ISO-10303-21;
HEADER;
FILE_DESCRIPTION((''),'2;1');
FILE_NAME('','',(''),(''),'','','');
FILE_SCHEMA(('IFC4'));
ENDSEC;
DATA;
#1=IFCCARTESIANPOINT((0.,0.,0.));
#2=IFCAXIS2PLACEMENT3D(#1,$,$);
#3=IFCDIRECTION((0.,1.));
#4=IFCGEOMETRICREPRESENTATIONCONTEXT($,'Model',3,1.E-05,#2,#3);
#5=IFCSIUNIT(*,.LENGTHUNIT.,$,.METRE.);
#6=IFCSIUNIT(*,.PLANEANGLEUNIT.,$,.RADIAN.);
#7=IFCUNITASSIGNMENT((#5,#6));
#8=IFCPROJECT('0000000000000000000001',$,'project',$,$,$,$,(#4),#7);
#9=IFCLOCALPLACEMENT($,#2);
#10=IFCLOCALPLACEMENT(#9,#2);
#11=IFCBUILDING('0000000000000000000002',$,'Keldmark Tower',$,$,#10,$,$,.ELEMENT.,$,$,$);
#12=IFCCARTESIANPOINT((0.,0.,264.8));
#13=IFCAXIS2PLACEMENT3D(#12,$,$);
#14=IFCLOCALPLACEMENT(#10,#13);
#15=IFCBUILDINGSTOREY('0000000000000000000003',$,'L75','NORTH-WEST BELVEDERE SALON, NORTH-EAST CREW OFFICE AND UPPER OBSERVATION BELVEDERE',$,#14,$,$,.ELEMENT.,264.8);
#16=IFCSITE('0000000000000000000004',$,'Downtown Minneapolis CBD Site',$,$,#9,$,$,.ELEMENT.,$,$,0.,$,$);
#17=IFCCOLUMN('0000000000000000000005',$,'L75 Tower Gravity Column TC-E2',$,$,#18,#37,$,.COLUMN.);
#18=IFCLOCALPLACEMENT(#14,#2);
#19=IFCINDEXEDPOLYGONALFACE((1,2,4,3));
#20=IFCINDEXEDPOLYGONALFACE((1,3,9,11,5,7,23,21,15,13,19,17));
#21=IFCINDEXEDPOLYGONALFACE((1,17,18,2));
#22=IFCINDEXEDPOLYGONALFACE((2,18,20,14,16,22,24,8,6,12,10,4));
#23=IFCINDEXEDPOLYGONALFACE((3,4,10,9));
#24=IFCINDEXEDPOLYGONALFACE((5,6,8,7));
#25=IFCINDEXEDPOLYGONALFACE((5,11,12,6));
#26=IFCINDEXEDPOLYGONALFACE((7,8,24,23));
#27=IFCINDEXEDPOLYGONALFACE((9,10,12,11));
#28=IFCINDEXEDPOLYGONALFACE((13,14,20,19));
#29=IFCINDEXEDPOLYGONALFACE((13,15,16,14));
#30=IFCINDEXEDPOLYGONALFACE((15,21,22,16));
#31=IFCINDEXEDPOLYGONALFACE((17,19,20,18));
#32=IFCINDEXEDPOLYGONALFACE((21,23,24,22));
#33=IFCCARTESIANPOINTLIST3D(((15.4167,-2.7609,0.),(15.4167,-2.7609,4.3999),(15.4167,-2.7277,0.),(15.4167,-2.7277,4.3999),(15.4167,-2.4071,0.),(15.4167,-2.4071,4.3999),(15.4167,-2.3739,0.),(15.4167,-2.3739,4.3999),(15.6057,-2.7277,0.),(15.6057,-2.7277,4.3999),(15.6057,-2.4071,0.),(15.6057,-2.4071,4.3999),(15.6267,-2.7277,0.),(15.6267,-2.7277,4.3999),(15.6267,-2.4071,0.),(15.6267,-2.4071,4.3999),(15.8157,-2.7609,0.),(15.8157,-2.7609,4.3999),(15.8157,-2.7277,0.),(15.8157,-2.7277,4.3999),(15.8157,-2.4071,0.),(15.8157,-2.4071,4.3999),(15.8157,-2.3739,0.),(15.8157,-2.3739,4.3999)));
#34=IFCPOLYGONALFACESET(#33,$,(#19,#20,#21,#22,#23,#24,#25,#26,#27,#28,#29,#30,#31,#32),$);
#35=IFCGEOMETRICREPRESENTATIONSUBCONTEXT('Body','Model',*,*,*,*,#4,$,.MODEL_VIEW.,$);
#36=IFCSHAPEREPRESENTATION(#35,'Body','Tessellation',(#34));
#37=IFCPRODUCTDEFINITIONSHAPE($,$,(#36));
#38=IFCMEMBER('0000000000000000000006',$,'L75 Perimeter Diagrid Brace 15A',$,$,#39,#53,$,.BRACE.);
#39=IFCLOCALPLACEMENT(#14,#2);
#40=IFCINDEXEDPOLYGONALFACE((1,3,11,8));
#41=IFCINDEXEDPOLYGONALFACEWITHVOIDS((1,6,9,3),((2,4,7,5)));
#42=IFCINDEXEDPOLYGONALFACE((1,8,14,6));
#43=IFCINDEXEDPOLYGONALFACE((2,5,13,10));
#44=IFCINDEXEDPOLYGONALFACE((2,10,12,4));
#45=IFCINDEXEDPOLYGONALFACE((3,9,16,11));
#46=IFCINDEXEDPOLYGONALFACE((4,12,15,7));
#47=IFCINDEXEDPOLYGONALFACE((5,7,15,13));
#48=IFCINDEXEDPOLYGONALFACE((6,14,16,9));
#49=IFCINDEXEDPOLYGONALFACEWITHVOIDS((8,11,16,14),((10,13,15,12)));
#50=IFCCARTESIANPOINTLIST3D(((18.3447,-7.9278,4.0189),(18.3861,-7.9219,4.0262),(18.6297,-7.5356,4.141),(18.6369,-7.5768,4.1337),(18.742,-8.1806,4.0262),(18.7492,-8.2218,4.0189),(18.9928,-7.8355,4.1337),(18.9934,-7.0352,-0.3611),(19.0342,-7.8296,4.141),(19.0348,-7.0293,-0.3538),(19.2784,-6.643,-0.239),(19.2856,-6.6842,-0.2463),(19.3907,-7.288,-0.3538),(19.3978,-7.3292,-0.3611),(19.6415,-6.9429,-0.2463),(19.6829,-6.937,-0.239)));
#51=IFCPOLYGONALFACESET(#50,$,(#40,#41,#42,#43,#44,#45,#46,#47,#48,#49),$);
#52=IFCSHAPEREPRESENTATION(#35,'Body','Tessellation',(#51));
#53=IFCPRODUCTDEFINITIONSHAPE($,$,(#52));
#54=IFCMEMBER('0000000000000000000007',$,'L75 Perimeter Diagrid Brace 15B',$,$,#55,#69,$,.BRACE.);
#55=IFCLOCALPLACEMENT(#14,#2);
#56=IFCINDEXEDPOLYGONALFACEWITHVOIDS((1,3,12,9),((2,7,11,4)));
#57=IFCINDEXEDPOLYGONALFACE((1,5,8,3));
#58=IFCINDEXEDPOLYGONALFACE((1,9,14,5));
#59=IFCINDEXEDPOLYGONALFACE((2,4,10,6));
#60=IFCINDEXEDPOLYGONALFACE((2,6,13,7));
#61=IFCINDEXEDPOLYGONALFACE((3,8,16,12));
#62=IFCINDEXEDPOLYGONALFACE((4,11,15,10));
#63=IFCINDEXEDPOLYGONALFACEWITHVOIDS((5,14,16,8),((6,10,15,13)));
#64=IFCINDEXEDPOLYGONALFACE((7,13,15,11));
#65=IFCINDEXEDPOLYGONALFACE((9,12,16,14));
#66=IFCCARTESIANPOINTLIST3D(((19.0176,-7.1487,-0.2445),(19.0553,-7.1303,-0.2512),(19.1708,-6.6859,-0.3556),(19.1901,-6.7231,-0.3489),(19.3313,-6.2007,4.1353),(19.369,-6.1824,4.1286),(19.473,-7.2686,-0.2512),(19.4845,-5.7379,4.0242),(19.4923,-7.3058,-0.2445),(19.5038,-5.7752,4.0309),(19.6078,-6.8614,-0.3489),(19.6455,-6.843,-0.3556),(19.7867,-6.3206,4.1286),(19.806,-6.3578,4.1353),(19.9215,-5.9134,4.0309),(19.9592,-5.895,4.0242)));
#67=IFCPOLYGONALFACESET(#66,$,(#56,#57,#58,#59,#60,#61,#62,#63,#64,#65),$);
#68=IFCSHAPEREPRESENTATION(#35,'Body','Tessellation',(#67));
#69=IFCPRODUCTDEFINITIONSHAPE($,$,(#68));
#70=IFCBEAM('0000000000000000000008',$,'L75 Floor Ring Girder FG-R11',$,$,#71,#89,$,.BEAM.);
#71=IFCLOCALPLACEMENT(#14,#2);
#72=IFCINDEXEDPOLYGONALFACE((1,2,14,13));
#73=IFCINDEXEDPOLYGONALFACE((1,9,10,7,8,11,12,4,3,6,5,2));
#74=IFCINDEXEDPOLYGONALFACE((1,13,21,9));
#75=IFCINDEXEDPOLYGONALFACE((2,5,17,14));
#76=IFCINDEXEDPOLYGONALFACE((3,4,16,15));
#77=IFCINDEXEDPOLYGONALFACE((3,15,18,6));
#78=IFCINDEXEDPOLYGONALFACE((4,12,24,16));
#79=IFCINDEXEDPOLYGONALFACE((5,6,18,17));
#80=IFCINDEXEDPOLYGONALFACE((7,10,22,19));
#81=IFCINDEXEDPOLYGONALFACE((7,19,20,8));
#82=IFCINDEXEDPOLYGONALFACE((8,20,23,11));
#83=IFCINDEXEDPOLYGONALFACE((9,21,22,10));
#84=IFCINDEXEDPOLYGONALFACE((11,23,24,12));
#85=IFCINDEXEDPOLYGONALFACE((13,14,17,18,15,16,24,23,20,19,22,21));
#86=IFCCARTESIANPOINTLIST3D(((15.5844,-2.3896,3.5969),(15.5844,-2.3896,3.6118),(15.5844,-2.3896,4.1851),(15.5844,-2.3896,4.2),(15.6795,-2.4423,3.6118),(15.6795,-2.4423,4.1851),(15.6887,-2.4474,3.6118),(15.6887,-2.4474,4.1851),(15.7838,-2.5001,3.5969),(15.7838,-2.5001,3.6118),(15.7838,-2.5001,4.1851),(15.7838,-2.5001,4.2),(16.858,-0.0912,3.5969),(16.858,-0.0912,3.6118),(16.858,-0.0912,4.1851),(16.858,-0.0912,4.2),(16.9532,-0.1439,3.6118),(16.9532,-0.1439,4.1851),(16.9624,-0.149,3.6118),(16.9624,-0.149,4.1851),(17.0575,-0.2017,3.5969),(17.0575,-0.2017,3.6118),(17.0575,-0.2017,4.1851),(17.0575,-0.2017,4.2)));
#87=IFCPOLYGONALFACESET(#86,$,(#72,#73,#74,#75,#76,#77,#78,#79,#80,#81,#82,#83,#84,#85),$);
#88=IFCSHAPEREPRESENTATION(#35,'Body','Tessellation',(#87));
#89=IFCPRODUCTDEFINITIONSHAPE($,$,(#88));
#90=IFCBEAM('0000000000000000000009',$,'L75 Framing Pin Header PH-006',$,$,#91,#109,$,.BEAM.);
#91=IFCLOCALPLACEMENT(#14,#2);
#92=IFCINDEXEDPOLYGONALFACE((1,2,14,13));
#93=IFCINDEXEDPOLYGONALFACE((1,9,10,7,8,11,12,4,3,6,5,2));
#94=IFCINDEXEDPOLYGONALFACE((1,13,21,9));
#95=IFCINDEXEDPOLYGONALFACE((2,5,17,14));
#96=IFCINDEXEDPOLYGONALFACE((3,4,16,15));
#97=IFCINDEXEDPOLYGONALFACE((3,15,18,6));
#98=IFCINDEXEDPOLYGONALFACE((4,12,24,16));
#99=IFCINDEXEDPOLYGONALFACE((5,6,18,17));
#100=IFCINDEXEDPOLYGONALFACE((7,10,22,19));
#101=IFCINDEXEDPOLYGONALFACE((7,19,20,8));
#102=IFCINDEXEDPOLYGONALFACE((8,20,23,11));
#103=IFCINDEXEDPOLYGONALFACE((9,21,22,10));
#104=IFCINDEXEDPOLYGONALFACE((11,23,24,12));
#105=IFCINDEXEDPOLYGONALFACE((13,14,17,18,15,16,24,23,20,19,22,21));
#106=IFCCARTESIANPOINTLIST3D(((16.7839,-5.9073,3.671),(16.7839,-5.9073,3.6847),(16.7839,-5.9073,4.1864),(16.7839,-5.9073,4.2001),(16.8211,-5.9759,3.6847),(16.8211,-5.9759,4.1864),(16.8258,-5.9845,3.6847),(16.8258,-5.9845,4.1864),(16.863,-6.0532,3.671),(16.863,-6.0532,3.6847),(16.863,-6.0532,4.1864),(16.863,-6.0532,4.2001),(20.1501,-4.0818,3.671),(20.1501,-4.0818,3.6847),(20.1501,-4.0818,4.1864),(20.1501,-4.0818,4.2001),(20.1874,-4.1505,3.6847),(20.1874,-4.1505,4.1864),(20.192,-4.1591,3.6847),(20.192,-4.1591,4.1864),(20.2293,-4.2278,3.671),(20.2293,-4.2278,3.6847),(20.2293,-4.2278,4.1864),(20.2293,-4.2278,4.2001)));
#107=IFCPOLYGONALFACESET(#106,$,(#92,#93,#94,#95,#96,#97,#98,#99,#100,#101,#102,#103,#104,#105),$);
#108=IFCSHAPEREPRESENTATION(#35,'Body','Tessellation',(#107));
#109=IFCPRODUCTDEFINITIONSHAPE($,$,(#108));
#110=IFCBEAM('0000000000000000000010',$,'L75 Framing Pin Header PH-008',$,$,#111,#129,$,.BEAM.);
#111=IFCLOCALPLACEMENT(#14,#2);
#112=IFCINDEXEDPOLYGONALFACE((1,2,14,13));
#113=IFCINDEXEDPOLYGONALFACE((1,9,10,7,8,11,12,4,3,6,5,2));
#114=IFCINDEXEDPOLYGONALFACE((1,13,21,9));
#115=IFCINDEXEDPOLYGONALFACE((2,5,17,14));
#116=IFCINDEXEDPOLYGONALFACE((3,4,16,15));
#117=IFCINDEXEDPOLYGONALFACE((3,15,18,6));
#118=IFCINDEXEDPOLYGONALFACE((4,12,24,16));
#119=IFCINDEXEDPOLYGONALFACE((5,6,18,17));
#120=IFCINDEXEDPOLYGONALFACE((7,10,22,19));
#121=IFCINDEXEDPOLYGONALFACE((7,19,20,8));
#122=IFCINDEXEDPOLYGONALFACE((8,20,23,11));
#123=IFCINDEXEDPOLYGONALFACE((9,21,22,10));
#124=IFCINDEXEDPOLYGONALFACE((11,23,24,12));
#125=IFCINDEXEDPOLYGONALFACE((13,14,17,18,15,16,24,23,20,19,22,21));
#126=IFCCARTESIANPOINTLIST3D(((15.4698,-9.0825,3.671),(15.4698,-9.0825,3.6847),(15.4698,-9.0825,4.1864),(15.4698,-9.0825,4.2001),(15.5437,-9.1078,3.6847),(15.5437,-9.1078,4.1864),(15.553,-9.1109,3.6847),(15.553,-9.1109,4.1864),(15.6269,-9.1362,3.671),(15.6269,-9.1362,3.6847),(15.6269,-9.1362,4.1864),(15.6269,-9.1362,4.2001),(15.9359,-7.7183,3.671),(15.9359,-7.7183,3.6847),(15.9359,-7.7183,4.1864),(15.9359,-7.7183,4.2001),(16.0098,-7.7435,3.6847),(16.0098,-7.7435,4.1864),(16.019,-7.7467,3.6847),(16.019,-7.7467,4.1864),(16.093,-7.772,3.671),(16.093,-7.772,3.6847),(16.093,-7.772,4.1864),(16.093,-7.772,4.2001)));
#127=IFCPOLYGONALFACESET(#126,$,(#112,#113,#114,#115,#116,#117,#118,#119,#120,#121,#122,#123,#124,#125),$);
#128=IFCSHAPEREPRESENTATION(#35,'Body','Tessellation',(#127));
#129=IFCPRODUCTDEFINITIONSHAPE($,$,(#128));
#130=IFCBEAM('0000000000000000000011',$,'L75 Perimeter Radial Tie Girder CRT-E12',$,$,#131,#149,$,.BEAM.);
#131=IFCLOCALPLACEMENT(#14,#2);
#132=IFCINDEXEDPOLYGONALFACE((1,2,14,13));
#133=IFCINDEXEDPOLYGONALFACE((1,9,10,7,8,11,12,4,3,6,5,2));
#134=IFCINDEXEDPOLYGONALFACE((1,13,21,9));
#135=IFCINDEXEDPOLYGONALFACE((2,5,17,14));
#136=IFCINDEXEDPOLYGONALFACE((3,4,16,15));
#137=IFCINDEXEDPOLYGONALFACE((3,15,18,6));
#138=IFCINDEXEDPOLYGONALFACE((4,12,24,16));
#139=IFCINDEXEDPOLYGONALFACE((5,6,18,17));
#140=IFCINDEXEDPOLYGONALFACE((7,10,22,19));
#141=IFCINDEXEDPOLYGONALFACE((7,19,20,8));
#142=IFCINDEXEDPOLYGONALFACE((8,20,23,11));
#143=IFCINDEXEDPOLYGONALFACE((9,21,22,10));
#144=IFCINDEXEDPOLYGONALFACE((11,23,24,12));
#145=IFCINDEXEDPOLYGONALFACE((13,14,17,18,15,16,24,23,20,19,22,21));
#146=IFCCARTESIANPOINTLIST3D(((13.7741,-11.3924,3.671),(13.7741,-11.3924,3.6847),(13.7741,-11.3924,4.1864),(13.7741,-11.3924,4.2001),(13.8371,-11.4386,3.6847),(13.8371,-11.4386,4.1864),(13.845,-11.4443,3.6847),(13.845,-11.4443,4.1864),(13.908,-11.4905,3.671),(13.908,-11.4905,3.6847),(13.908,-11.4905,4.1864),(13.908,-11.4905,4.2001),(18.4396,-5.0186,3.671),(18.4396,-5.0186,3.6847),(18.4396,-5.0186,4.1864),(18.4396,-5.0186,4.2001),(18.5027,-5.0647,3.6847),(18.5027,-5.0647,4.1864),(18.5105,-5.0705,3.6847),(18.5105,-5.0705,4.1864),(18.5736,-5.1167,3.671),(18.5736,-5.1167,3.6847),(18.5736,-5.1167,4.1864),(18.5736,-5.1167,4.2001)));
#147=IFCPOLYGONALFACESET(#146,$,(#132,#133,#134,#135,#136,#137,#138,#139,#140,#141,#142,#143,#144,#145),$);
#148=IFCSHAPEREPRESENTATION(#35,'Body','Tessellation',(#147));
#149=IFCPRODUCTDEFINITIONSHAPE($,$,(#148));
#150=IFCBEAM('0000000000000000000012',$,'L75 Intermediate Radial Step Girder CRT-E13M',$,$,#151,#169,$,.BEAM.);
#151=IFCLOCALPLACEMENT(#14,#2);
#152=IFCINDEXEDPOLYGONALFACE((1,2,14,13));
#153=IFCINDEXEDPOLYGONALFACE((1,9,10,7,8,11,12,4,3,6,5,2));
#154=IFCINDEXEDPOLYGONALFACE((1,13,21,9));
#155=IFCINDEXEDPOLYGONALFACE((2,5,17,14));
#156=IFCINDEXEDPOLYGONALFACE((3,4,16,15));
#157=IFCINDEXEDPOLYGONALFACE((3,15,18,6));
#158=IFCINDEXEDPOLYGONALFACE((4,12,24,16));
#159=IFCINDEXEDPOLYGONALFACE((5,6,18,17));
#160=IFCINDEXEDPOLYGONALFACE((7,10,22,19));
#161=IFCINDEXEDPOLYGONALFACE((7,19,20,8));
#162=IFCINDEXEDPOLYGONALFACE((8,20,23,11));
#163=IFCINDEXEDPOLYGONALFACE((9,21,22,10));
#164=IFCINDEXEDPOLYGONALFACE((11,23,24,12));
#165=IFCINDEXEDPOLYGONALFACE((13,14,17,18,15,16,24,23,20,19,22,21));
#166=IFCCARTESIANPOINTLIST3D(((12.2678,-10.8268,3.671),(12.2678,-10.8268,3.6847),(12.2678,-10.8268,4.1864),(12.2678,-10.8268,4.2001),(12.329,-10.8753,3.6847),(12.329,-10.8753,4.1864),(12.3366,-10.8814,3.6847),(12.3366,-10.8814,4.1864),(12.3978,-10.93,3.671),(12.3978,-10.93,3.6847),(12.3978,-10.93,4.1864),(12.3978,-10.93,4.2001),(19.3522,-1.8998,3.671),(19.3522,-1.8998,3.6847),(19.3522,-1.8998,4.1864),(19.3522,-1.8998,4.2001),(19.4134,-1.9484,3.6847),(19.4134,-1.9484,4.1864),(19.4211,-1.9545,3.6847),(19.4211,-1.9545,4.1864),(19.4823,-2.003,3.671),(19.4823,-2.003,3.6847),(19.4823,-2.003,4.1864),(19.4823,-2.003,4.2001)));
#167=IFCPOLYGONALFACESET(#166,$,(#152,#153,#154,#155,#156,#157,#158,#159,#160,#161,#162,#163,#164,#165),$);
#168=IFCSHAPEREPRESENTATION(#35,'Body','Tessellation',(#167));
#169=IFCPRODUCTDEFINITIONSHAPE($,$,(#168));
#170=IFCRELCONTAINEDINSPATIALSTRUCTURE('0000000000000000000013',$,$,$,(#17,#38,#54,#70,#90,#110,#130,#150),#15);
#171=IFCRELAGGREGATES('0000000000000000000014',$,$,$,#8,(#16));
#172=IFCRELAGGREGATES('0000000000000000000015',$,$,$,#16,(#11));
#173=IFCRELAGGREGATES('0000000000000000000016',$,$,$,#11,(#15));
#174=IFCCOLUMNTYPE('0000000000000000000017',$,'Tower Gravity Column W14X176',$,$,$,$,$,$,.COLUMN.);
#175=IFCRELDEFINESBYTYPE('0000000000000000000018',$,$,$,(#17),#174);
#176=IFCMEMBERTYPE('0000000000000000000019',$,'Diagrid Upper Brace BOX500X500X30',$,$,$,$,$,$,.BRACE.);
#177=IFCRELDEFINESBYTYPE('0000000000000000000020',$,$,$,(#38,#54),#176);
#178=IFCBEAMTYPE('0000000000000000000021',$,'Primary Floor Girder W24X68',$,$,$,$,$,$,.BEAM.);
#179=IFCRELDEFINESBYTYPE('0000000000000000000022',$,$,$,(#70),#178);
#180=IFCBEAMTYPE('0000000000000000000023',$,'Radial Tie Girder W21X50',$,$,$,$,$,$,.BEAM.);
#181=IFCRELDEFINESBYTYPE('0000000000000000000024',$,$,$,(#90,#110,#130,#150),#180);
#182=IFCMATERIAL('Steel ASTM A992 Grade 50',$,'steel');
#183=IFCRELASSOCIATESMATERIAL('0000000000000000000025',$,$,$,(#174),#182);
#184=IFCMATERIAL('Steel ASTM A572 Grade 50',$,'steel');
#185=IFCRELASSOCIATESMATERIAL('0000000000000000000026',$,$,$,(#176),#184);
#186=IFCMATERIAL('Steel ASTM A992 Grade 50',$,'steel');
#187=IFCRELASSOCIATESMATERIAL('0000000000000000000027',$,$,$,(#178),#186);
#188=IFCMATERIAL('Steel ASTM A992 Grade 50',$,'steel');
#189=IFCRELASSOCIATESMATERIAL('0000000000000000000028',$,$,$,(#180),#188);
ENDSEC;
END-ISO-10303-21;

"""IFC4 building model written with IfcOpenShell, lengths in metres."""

from ifc_helpers import new_model, si_unit, direction, frame, origin, origin_2d, place, context, subcontext, project, spatial, hollow_rectangle, i_section, extrude, material, material_profile, profile_set, type_object, element, save


model = new_model("IFC4")

# Units and contexts
model_context = context("Model", 3, precision=1e-05, world=origin(), true_north=direction((0.0, 1.0)))
body_context = subcontext(model_context, "Body", "Model", "MODEL_VIEW")
ifc_project = project(units=[si_unit("LENGTHUNIT", "METRE"), si_unit("PLANEANGLEUNIT", "RADIAN")], contexts=[model_context])

# Site, building, storey
site_placement = place(None, origin())
site = spatial("IfcSite", under=ifc_project, at=site_placement, Name="Downtown Minneapolis CBD Site", CompositionType="ELEMENT", RefElevation=0.0)
building_placement = place(site_placement, origin())
building = spatial("IfcBuilding", under=site, at=building_placement, Name="Keldmark Tower", CompositionType="ELEMENT")
storey_placement = place(building_placement, frame((0.0, 0.0, 264.8)))
storey = spatial("IfcBuildingStorey", under=building, at=storey_placement, Name="L75", Description="NORTH-WEST BELVEDERE SALON, NORTH-EAST CREW OFFICE AND UPPER OBSERVATION BELVEDERE", CompositionType="ELEMENT", Elevation=264.8)

# Column
ifc_material_1 = material(Name="Steel ASTM A992 Grade 50", Category="steel")
ifc_material_profile_1 = material_profile(ifc_material_1, i_section(OverallWidth=0.3989, OverallDepth=0.387, WebThickness=0.021, FlangeThickness=0.0332, at=origin_2d()), Name="W14X176")
ifc_profile_set_1 = profile_set([ifc_material_profile_1], Name="Steel ASTM A992 Grade 50")
column_type = type_object("IfcColumnType", Name="Tower Gravity Column W14X176", PredefinedType="COLUMN", material=ifc_profile_set_1)
column_placement = place(storey_placement, frame((15.6162, -2.5674, 0.0), z_axis=(0.0, 0.0, 1.0), x_axis=(1.0, 0.0, 0.0)))
element("IfcColumn", 1, at=column_placement, inside=storey, type_object=column_type, Name="L75 Tower Gravity Column TC-E2", PredefinedType="COLUMN", context=body_context, shape_type="SweptSolid", body=[
    extrude(i_section(OverallWidth=0.3989, OverallDepth=0.387, WebThickness=0.021, FlangeThickness=0.0332, at=origin_2d()), origin(), (0.0, 0.0, 1.0), 4.3999),
])

# Members
ifc_material_2 = material(Name="Steel ASTM A572 Grade 50", Category="steel")
ifc_material_profile_2 = material_profile(ifc_material_2, hollow_rectangle(XDim=0.5, YDim=0.5, WallThickness=0.03, at=origin_2d()), Name="BOX500X500X30")
ifc_profile_set_2 = profile_set([ifc_material_profile_2], Name="Steel ASTM A572 Grade 50")
member_type = type_object("IfcMemberType", Name="Diagrid Upper Brace BOX500X500X30", PredefinedType="BRACE", material=ifc_profile_set_2)
member_1_placement = place(storey_placement, frame((19.3381, -6.9861, -0.3), z_axis=(-0.143618, -0.197616, 0.969702), x_axis=(0.808937, -0.587895, 0.0)))
element("IfcMember", 2, at=member_1_placement, inside=storey, type_object=member_type, Name="L75 Perimeter Diagrid Brace 15A", PredefinedType="BRACE", context=body_context, shape_type="SweptSolid", body=[
    extrude(hollow_rectangle(XDim=0.5, YDim=0.5, WallThickness=0.03, at=origin_2d()), origin(), (0.0, 0.0, 1.0), 4.5168),
])
member_2_placement = place(storey_placement, frame((19.3315, -6.9958, -0.3), z_axis=(0.069836, 0.211029, 0.974982), x_axis=(-0.949366, 0.314173, 0.0)))
element("IfcMember", 3, at=member_2_placement, inside=storey, type_object=member_type, Name="L75 Perimeter Diagrid Brace 15B", PredefinedType="BRACE", context=body_context, shape_type="SweptSolid", body=[
    extrude(hollow_rectangle(XDim=0.5, YDim=0.5, WallThickness=0.03, at=origin_2d()), origin(), (0.0, 0.0, 1.0), 4.4922),
])

# Beams
ifc_material_3 = material(Name="Steel ASTM A992 Grade 50", Category="steel")
ifc_material_profile_3 = material_profile(ifc_material_3, i_section(OverallWidth=0.228, OverallDepth=0.603, WebThickness=0.0105, FlangeThickness=0.0149, at=origin_2d()), Name="W24X68")
ifc_profile_set_3 = profile_set([ifc_material_profile_3], Name="Steel ASTM A992 Grade 50")
beam_type_1 = type_object("IfcBeamType", Name="Primary Floor Girder W24X68", PredefinedType="BEAM", material=ifc_profile_set_3)
beam_1_placement = place(storey_placement, frame((15.6841, -2.4448, 3.8984), z_axis=(0.48472, 0.87467, 0.0), x_axis=(-0.87467, 0.48472, 0.0)))
element("IfcBeam", 4, at=beam_1_placement, inside=storey, type_object=beam_type_1, Name="L75 Floor Ring Girder FG-R11", PredefinedType="BEAM", context=body_context, shape_type="SweptSolid", body=[
    extrude(i_section(OverallWidth=0.228, OverallDepth=0.603, WebThickness=0.0105, FlangeThickness=0.0149, at=origin_2d()), origin(), (0.0, 0.0, 1.0), 2.6277),
])
ifc_material_4 = material(Name="Steel ASTM A992 Grade 50", Category="steel")
ifc_material_profile_4 = material_profile(ifc_material_4, i_section(OverallWidth=0.166, OverallDepth=0.5291, WebThickness=0.0098, FlangeThickness=0.0137, at=origin_2d()), Name="W21X50")
ifc_profile_set_4 = profile_set([ifc_material_profile_4], Name="Steel ASTM A992 Grade 50")
beam_type_2 = type_object("IfcBeamType", Name="Radial Tie Girder W21X50", PredefinedType="BEAM", material=ifc_profile_set_4)
beam_2_placement = place(storey_placement, frame((20.1897, -4.1548, 3.9355), z_axis=(-0.879065, -0.476702, 0.0), x_axis=(0.476702, -0.879065, 0.0)))
element("IfcBeam", 5, at=beam_2_placement, inside=storey, type_object=beam_type_2, Name="L75 Framing Pin Header PH-006", PredefinedType="BEAM", context=body_context, shape_type="SweptSolid", body=[
    extrude(i_section(OverallWidth=0.166, OverallDepth=0.5291, WebThickness=0.0098, FlangeThickness=0.0137, at=origin_2d()), origin(), (0.0, 0.0, 1.0), 3.8293),
])
beam_3_placement = place(storey_placement, frame((16.0144, -7.7451, 3.9355), z_axis=(-0.323281, -0.946303, 0.0), x_axis=(0.946303, -0.323281, 0.0)))
element("IfcBeam", 6, at=beam_3_placement, inside=storey, type_object=beam_type_2, Name="L75 Framing Pin Header PH-008", PredefinedType="BEAM", context=body_context, shape_type="SweptSolid", body=[
    extrude(i_section(OverallWidth=0.166, OverallDepth=0.5291, WebThickness=0.0098, FlangeThickness=0.0137, at=origin_2d()), origin(), (0.0, 0.0, 1.0), 1.4417),
])
beam_4_placement = place(storey_placement, frame((18.5066, -5.0676, 3.9355), z_axis=(-0.590657, -0.806923, 0.0), x_axis=(0.806923, -0.590657, 0.0)))
element("IfcBeam", 7, at=beam_4_placement, inside=storey, type_object=beam_type_2, Name="L75 Perimeter Radial Tie Girder CRT-E12", PredefinedType="BEAM", context=body_context, shape_type="SweptSolid", body=[
    extrude(i_section(OverallWidth=0.166, OverallDepth=0.5291, WebThickness=0.0098, FlangeThickness=0.0137, at=origin_2d()), origin(), (0.0, 0.0, 1.0), 7.8989),
])
beam_5_placement = place(storey_placement, frame((19.4172, -1.9514, 3.9355), z_axis=(-0.621634, -0.783308, 0.0), x_axis=(0.783308, -0.621634, 0.0)))
element("IfcBeam", 8, at=beam_5_placement, inside=storey, type_object=beam_type_2, Name="L75 Intermediate Radial Step Girder CRT-E13M", PredefinedType="BEAM", context=body_context, shape_type="SweptSolid", body=[
    extrude(i_section(OverallWidth=0.166, OverallDepth=0.5291, WebThickness=0.0098, FlangeThickness=0.0137, at=origin_2d()), origin(), (0.0, 0.0, 1.0), 11.3965),
])

save(model, "model.ifc")
